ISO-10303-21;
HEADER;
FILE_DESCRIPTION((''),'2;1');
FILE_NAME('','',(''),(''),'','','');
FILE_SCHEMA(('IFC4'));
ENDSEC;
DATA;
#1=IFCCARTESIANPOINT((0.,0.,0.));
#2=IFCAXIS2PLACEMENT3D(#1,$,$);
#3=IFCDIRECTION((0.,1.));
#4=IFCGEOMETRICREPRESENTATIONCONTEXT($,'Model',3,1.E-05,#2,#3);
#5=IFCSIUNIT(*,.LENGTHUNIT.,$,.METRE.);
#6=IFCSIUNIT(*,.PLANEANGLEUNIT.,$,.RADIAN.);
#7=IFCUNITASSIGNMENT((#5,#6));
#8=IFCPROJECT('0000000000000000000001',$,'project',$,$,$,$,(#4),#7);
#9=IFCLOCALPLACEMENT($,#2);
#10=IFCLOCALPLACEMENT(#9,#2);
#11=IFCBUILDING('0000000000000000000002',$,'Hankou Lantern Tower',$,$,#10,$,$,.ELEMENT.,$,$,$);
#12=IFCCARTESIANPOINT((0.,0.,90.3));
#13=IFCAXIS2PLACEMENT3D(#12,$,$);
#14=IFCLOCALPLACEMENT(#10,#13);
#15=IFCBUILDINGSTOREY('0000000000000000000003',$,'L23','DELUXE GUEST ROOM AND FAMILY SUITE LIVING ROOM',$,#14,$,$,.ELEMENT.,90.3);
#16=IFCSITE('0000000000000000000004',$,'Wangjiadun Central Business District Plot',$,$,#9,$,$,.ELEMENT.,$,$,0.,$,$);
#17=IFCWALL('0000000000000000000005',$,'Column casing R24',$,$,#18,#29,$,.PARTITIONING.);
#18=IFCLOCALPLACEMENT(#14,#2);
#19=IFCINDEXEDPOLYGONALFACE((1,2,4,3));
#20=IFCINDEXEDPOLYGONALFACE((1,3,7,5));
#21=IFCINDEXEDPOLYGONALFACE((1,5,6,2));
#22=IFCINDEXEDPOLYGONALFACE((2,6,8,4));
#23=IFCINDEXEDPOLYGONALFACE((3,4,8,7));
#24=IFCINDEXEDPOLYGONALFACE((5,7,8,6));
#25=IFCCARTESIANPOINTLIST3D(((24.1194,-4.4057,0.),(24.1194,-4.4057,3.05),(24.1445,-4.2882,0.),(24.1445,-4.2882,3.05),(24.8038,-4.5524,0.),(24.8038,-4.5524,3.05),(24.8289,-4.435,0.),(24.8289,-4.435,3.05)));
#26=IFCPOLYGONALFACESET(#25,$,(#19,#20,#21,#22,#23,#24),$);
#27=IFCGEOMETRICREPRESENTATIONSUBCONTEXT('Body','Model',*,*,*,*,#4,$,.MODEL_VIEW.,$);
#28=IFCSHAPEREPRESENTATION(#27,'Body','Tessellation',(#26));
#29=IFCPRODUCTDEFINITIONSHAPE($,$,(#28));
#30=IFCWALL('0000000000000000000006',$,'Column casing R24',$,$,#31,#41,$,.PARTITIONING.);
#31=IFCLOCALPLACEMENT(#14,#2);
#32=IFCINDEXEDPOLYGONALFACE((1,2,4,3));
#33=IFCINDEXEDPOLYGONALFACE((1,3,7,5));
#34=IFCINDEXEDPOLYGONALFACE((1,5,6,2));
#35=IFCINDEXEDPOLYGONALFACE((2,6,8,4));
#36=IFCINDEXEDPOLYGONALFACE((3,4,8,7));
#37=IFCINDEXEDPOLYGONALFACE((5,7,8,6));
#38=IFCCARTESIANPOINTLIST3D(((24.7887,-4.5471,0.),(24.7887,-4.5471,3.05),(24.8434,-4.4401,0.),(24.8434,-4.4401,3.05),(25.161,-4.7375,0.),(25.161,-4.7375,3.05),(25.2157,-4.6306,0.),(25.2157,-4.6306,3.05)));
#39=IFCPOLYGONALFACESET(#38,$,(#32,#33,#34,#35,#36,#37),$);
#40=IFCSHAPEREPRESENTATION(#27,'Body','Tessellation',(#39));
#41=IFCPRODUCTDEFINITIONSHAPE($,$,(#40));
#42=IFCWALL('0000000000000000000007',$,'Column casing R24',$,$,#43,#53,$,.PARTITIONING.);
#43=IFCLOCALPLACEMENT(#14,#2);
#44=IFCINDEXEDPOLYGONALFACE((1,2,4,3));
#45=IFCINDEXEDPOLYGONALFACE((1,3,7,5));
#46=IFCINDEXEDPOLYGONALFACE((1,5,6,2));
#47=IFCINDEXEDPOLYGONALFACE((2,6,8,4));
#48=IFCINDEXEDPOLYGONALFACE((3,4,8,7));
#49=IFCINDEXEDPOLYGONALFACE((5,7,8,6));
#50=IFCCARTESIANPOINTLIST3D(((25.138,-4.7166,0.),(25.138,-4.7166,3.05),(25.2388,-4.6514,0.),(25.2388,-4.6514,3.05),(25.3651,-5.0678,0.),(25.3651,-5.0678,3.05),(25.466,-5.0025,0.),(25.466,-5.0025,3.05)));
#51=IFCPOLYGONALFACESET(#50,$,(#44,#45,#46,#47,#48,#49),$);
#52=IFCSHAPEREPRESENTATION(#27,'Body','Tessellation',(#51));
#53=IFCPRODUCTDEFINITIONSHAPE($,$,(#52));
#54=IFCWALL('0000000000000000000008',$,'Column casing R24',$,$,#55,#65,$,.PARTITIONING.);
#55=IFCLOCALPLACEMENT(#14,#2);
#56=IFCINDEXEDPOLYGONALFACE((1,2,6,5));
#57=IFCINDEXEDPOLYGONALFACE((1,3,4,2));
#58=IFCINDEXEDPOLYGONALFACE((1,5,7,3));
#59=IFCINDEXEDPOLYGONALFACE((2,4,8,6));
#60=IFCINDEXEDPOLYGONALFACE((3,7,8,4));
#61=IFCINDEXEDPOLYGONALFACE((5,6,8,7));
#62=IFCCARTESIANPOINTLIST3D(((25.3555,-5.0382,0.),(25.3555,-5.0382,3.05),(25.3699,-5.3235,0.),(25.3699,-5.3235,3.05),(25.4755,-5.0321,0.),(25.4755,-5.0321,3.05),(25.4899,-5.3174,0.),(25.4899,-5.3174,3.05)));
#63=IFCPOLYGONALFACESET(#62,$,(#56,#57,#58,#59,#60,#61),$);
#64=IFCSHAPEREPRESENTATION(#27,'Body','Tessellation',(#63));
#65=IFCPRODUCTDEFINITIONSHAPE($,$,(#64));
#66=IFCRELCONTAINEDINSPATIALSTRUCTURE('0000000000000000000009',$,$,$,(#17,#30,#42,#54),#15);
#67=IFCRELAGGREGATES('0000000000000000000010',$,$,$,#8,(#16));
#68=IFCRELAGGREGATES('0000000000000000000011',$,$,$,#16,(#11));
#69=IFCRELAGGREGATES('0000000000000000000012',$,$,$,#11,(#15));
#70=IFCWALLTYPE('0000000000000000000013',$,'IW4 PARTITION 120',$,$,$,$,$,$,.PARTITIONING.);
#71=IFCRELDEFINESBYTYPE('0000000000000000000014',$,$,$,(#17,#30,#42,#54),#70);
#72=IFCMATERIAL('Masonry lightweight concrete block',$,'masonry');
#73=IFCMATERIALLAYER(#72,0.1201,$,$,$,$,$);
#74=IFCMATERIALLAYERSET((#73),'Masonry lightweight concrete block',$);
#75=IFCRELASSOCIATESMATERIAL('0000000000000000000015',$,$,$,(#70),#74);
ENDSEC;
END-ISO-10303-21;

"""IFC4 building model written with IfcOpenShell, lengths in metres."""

from ifc_helpers import new_model, si_unit, direction, frame, frame_2d, origin, place, context, subcontext, project, spatial, rectangle, extrude, material, layer, layer_set, type_object, element, save


model = new_model("IFC4")

# Units and contexts
model_context = context("Model", 3, precision=1e-05, world=origin(), true_north=direction((0.0, 1.0)))
body_context = subcontext(model_context, "Body", "Model", "MODEL_VIEW")
ifc_project = project(units=[si_unit("LENGTHUNIT", "METRE"), si_unit("PLANEANGLEUNIT", "RADIAN")], contexts=[model_context])

# Site, building, storey
site_placement = place(None, origin())
site = spatial("IfcSite", under=ifc_project, at=site_placement, Name="Wangjiadun Central Business District Plot", CompositionType="ELEMENT", RefElevation=0.0)
building_placement = place(site_placement, origin())
building = spatial("IfcBuilding", under=site, at=building_placement, Name="Hankou Lantern Tower", CompositionType="ELEMENT")
storey_placement = place(building_placement, frame((0.0, 0.0, 90.3)))
storey = spatial("IfcBuildingStorey", under=building, at=storey_placement, Name="L23", Description="DELUXE GUEST ROOM AND FAMILY SUITE LIVING ROOM", CompositionType="ELEMENT", Elevation=90.3)

# Walls
ifc_material_1 = material(Name="Masonry lightweight concrete block", Category="masonry")
ifc_layer_1 = layer(ifc_material_1, 0.1201)
ifc_layer_set_1 = layer_set([ifc_layer_1], Name="Masonry lightweight concrete block")
wall_type_1 = type_object("IfcWallType", Name="IW4 PARTITION 120", PredefinedType="PARTITIONING", material=ifc_layer_set_1)
wall_1_placement = place(storey_placement, frame((24.1318, -4.3469, 0.0), z_axis=(0.0, 0.0, 1.0), x_axis=(0.977777, -0.209648, 0.0)))
element("IfcWall", 1, at=wall_1_placement, inside=storey, type_object=wall_type_1, Name="Column casing R24", PredefinedType="PARTITIONING", context=body_context, shape_type="SweptSolid", body=[
    extrude(rectangle(XDim=0.7, YDim=0.1201, at=frame_2d((0.3501, 0.0))), origin(), (0.0, 0.0, 1.0), 3.05),
])
for number, where, z_axis, x_axis, name in (
    (2, (24.8162, -4.4937, 0.0), (0.0, 0.0, 1.0), (0.890303, -0.455368, 0.0), "Column casing R24"),
    (3, (25.1885, -4.6841, 0.0), (0.0, 0.0, 1.0), (0.543058, -0.839695, 0.0), "Column casing R24"),
):
    element("IfcWall", number, at=place(storey_placement, frame(where, z_axis=z_axis, x_axis=x_axis)), inside=storey, type_object=wall_type_1, Name=name, PredefinedType="PARTITIONING", context=body_context, shape_type="SweptSolid", body=[
        extrude(rectangle(XDim=0.4182, YDim=0.1201, at=frame_2d((0.209, 0.0))), origin(), (0.0, 0.0, 1.0), 3.05),
    ])
wall_2_placement = place(storey_placement, frame((25.4155, -5.0352, 0.0), z_axis=(0.0, 0.0, 1.0), x_axis=(0.050406, -0.998729, 0.0)))
element("IfcWall", 4, at=wall_2_placement, inside=storey, type_object=wall_type_1, Name="Column casing R24", PredefinedType="PARTITIONING", context=body_context, shape_type="SweptSolid", body=[
    extrude(rectangle(XDim=0.2856, YDim=0.1201, at=frame_2d((0.1428, 0.0))), origin(), (0.0, 0.0, 1.0), 3.05),
])

save(model, "model.ifc")
